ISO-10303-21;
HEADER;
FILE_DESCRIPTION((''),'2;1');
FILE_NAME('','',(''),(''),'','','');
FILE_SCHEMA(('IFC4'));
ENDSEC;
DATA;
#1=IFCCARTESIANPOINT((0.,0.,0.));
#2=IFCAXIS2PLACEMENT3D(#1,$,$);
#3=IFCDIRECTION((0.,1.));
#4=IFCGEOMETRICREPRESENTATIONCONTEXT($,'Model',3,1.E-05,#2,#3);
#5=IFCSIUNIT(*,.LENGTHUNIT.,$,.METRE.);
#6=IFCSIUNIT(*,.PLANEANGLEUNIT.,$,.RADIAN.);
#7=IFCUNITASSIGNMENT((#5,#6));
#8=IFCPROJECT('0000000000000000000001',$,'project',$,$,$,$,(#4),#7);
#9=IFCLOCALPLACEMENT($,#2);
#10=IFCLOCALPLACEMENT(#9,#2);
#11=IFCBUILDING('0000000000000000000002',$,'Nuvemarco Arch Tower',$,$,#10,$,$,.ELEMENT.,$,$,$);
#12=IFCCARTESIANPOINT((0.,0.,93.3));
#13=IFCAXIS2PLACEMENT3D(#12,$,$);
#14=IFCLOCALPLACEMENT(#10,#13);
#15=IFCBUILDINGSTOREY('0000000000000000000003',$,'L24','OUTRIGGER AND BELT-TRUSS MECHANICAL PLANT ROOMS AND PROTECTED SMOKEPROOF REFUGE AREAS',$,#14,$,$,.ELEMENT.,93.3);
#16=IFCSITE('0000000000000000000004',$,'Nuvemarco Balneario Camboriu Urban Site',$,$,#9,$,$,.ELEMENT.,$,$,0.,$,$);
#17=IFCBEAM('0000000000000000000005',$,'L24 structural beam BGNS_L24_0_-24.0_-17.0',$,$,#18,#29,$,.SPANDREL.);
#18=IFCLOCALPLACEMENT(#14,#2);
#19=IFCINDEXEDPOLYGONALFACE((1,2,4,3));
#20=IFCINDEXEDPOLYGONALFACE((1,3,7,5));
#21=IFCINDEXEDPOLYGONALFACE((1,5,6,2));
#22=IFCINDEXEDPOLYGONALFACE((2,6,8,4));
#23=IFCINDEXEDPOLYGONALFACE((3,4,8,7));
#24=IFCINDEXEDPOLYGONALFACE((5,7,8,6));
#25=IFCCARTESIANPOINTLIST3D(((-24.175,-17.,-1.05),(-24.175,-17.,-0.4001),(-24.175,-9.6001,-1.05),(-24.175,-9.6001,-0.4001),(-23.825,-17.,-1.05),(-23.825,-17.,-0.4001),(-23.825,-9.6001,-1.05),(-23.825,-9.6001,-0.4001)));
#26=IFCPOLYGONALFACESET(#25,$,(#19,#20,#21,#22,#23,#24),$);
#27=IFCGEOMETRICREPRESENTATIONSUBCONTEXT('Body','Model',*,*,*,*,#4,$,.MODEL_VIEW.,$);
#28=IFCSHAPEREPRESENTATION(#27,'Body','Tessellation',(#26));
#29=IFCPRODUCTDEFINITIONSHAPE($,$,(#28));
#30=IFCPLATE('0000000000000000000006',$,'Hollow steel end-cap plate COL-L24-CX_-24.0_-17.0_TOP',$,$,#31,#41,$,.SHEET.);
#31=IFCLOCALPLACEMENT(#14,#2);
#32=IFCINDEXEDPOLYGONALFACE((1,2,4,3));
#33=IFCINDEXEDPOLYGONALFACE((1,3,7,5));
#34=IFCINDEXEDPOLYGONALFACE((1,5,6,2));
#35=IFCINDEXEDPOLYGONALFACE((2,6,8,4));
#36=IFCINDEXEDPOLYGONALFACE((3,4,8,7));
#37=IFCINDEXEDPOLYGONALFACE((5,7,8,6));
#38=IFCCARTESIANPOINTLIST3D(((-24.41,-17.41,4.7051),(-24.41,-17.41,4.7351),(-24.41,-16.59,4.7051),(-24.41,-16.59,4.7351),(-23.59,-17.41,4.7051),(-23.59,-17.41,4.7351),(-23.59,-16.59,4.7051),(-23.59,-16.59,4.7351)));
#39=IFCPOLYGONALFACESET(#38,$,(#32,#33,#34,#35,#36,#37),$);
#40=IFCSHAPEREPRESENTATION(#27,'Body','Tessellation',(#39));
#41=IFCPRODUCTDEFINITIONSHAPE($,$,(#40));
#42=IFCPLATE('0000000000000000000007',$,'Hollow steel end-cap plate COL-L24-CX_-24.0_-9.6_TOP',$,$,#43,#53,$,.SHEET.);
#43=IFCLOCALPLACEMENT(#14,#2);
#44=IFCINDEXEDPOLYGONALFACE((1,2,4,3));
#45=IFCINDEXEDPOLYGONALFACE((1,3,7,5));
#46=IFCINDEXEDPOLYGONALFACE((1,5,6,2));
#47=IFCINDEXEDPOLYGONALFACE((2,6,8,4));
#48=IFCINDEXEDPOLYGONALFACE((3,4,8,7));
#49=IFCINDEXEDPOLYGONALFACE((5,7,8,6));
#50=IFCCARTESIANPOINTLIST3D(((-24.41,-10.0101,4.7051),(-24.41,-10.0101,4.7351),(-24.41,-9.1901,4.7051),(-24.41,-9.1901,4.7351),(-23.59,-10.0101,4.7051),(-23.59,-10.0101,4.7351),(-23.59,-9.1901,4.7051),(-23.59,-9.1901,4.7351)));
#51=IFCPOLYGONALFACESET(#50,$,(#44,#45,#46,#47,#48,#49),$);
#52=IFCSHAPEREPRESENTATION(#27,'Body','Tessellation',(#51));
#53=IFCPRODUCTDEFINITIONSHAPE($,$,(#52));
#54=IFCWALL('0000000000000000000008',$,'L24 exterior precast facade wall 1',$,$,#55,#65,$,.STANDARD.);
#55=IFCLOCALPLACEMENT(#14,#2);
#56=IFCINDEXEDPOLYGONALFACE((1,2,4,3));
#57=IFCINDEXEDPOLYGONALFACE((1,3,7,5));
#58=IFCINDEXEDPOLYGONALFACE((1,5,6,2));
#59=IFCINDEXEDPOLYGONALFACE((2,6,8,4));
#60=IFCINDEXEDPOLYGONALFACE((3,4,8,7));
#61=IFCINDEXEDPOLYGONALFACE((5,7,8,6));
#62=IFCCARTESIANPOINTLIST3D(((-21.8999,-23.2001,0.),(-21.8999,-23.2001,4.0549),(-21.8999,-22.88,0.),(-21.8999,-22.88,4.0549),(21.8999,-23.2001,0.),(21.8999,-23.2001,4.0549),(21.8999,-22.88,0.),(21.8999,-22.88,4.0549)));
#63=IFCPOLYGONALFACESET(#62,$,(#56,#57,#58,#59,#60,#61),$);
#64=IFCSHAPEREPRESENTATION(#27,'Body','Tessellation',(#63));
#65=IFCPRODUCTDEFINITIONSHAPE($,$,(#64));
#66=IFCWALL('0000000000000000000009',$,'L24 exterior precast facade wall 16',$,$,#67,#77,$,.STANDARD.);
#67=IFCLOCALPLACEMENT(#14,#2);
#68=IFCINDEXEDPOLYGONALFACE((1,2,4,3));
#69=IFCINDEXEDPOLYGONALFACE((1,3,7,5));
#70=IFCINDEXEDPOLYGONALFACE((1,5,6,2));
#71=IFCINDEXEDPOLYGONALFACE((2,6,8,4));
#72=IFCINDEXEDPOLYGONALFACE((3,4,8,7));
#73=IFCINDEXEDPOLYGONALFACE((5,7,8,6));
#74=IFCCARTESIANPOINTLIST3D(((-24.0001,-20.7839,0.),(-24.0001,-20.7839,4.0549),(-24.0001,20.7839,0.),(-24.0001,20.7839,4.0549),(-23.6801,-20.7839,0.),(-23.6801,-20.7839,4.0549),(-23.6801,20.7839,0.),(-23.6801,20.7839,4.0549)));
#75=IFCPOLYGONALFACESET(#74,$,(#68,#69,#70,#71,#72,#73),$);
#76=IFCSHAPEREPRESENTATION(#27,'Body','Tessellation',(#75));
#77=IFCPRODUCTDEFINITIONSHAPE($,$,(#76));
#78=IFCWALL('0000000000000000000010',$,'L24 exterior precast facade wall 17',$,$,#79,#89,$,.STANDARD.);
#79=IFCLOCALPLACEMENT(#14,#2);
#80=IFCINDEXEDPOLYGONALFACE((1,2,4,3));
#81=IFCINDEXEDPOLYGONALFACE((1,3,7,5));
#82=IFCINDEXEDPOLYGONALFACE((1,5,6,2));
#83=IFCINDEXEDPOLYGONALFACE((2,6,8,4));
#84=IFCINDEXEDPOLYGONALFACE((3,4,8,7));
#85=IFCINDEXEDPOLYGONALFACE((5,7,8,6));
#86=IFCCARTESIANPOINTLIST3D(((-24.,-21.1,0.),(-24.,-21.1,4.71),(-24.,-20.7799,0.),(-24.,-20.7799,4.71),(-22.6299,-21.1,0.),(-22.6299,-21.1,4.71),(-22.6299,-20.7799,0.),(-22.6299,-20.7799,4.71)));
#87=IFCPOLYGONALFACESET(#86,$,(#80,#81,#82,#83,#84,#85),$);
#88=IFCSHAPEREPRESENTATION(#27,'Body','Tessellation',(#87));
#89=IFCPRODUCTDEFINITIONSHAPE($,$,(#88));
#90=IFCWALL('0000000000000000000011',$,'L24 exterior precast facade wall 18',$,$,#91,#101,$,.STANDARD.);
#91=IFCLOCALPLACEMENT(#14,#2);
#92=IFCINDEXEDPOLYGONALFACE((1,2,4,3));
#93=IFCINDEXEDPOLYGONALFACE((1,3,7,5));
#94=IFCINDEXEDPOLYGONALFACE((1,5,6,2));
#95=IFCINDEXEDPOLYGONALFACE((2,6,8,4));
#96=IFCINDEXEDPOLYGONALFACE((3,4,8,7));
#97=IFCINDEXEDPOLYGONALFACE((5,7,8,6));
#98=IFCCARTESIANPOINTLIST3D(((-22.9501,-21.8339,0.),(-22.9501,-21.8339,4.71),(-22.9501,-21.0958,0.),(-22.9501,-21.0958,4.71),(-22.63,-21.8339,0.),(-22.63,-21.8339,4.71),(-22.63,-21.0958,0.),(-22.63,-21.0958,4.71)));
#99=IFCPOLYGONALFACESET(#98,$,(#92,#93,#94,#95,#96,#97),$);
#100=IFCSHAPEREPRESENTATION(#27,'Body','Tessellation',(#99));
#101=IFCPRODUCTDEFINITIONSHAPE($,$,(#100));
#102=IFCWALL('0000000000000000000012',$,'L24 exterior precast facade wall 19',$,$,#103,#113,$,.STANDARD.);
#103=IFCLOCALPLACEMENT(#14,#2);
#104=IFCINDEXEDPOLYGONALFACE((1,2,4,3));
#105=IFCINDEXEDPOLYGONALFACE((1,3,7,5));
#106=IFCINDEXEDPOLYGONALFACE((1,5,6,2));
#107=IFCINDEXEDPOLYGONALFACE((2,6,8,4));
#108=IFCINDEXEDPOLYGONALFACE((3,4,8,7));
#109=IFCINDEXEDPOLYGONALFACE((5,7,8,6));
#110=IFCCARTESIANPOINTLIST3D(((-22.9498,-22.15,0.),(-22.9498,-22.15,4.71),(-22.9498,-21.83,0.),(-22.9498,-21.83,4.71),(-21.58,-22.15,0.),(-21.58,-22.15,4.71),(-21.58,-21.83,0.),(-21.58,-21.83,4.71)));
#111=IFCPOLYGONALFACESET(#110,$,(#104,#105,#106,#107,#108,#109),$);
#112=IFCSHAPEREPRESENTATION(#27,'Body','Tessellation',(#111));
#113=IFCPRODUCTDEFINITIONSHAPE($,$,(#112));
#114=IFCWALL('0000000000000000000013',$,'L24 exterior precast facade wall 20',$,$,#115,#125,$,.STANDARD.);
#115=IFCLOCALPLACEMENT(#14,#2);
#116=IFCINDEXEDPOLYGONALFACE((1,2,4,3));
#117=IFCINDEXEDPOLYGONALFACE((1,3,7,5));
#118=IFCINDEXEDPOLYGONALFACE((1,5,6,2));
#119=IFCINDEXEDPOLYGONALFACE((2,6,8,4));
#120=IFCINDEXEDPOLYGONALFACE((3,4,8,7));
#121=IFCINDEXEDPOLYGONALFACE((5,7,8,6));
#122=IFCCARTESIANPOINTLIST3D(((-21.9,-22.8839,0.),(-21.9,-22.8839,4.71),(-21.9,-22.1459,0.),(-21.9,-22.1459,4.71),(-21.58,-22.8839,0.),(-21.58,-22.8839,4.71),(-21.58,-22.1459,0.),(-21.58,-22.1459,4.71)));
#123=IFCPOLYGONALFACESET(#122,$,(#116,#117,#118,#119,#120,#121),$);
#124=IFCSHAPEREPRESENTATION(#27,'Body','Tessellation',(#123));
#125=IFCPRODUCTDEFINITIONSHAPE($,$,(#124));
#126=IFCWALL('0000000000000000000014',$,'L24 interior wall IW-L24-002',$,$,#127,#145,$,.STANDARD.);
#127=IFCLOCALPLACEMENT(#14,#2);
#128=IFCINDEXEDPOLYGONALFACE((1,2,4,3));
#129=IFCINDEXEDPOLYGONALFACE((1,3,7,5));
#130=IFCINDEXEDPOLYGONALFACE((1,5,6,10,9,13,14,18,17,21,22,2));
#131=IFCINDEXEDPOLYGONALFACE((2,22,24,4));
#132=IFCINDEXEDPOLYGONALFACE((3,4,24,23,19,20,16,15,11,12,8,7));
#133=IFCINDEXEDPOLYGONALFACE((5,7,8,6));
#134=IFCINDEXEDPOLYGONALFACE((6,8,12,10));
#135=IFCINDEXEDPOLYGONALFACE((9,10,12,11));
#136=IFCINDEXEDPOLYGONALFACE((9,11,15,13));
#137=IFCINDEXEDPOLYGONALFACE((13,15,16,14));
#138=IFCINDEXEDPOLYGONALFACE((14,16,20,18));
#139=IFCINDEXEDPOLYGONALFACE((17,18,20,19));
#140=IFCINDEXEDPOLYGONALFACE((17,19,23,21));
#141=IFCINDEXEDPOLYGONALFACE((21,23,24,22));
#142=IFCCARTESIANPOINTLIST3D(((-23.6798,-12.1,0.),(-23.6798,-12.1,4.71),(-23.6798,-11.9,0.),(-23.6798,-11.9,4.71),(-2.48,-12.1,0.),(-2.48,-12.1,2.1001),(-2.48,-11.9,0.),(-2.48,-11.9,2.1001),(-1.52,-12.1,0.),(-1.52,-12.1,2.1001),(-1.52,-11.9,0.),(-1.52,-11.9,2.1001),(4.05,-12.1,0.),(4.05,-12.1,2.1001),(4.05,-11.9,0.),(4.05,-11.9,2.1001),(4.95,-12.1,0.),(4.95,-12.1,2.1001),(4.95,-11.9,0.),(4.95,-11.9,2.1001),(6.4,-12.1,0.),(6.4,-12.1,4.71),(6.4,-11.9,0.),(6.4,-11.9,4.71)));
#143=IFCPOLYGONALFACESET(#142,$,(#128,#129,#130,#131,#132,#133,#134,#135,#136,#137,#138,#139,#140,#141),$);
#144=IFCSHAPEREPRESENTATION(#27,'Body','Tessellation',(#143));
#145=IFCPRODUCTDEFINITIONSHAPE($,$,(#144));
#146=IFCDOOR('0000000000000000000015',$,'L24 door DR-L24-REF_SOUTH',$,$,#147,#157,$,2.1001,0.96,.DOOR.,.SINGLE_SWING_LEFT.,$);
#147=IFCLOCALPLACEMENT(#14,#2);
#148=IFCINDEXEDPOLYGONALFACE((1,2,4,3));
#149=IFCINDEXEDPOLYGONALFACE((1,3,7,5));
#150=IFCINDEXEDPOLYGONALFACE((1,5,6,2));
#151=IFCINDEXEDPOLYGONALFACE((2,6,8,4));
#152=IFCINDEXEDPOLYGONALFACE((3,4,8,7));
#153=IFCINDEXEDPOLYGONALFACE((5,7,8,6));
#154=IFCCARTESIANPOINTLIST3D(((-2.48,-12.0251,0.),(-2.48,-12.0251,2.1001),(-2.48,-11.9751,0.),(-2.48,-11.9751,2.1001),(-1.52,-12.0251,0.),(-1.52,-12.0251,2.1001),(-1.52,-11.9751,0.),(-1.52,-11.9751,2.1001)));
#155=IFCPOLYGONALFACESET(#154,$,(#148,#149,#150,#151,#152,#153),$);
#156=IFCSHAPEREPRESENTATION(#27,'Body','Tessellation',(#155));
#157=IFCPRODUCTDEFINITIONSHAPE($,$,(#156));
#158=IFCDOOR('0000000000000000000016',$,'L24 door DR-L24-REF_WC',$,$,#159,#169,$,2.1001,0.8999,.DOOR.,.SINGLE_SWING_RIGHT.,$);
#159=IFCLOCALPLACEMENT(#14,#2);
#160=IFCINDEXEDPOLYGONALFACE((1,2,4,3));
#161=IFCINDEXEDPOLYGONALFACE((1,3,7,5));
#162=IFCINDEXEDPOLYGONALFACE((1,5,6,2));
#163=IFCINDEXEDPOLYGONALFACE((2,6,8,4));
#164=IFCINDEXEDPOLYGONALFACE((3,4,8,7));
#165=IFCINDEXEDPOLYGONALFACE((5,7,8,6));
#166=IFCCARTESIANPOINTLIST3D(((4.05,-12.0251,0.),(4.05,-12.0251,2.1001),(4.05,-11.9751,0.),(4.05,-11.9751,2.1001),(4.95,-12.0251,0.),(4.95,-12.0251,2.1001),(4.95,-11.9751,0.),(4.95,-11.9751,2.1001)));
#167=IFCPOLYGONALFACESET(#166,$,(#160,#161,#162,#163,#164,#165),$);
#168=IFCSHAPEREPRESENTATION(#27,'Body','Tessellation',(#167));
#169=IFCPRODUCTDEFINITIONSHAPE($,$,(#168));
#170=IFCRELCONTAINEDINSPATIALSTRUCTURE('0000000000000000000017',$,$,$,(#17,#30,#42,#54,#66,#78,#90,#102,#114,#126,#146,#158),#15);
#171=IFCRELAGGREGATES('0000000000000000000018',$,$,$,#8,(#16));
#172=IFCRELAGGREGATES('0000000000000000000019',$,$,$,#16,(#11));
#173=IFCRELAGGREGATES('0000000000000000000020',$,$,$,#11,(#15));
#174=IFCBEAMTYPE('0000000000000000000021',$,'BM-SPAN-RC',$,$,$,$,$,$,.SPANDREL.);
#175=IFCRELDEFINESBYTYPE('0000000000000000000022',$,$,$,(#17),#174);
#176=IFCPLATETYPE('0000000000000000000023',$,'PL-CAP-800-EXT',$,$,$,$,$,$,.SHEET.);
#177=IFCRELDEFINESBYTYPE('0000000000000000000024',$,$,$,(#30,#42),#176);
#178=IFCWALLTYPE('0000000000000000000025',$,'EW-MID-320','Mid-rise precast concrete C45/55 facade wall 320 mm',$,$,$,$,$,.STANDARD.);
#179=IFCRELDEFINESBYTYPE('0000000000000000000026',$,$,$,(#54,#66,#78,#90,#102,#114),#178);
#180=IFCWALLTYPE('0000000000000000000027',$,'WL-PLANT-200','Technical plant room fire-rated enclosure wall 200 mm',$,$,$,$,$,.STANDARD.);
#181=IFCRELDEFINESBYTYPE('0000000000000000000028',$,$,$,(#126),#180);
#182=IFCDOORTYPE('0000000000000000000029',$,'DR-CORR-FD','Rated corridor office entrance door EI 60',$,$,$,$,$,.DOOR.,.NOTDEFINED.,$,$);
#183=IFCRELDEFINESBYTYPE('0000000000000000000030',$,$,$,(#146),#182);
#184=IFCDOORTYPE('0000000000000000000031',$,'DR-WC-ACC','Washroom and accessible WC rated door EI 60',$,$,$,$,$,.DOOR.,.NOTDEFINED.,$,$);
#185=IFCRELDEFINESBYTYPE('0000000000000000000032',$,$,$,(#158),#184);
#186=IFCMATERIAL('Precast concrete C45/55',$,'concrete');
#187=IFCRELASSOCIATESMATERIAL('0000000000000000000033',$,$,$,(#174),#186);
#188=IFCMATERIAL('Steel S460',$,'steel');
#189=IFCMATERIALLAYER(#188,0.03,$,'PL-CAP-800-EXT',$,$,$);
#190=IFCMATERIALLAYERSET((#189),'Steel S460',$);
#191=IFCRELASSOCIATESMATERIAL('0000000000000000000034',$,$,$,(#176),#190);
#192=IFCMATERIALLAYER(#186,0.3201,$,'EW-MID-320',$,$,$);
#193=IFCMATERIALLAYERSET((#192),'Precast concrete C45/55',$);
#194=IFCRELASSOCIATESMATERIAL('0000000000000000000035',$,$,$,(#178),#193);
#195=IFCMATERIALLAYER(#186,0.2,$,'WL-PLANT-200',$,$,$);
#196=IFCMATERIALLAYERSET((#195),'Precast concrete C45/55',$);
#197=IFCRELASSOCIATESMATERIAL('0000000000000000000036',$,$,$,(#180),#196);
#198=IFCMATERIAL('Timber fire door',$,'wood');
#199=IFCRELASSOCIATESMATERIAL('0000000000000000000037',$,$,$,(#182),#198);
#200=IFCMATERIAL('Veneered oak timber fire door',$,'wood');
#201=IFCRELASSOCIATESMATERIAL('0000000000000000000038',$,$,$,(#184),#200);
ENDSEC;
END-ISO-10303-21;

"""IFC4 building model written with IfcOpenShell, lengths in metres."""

from ifc_helpers import new_model, si_unit, direction, frame, frame_2d, origin, origin_2d, place, context, subcontext, project, spatial, rectangle, extrude, source, transform, mapped, material, layer, layer_set, material_profile, profile_set, type_object, type_shapes, element, fill, save


model = new_model("IFC4")

# Units and contexts
model_context = context("Model", 3, precision=1e-05, world=origin(), true_north=direction((0.0, 1.0)))
body_context = subcontext(model_context, "Body", "Model", "MODEL_VIEW")
ifc_project = project(units=[si_unit("LENGTHUNIT", "METRE"), si_unit("PLANEANGLEUNIT", "RADIAN")], contexts=[model_context])

# Site, building, storey
site_placement = place(None, origin())
site = spatial("IfcSite", under=ifc_project, at=site_placement, Name="Nuvemarco Balneario Camboriu Urban Site", CompositionType="ELEMENT", RefElevation=0.0)
building_placement = place(site_placement, origin())
building = spatial("IfcBuilding", under=site, at=building_placement, Name="Nuvemarco Arch Tower", CompositionType="ELEMENT")
storey_placement = place(building_placement, frame((0.0, 0.0, 93.3)))
storey = spatial("IfcBuildingStorey", under=building, at=storey_placement, Name="L24", Description="OUTRIGGER AND BELT-TRUSS MECHANICAL PLANT ROOMS AND PROTECTED SMOKEPROOF REFUGE AREAS", CompositionType="ELEMENT", Elevation=93.3)

# Shared definitions
ifc_material_1 = material(Name="Steel S460", Category="steel")

# Beam
ifc_material_2 = material(Name="Precast concrete C45/55", Category="concrete")
ifc_material_profile_1 = material_profile(ifc_material_2, rectangle(XDim=0.3501, YDim=0.6499, at=origin_2d()), Name="PC-SP-350x650")
ifc_profile_set_1 = profile_set([ifc_material_profile_1], Name="Precast concrete C45/55")
beam_type_1 = type_object("IfcBeamType", Name="BM-SPAN-RC", PredefinedType="SPANDREL", material=ifc_profile_set_1)
beam_1_placement = place(storey_placement, frame((-24.0, -17.0, -0.7251), z_axis=(0.0, 1.0, 0.0), x_axis=(-1.0, 0.0, 0.0)))
element("IfcBeam", 1, at=beam_1_placement, inside=storey, type_object=beam_type_1, Name="L24 structural beam BGNS_L24_0_-24.0_-17.0", PredefinedType="SPANDREL", context=body_context, shape_type="SweptSolid", body=[
    extrude(rectangle(XDim=0.3501, YDim=0.6499, at=origin_2d()), origin(), (0.0, 0.0, 1.0), 7.3999),
])

# Plates
ifc_layer_1 = layer(ifc_material_1, 0.03, Name="PL-CAP-800-EXT")
ifc_layer_set_1 = layer_set([ifc_layer_1], Name="Steel S460")
plate_type = type_object("IfcPlateType", Name="PL-CAP-800-EXT", PredefinedType="SHEET", material=ifc_layer_set_1)
shared_shape_1 = source(origin(), body_context, "Body", "SweptSolid", [
    extrude(rectangle(XDim=0.8201, YDim=0.8201, at=origin_2d()), origin(), (0.0, 0.0, 1.0), 0.03),
])
type_shapes(plate_type, [shared_shape_1])
for number, where, z_axis, x_axis, name in (
    (2, (-24.0, -17.0, 4.7051), (0.0, 0.0, 1.0), (1.0, 0.0, 0.0), "Hollow steel end-cap plate COL-L24-CX_-24.0_-17.0_TOP"),
    (3, (-24.0, -9.6001, 4.7051), (0.0, 0.0, 1.0), (1.0, 0.0, 0.0), "Hollow steel end-cap plate COL-L24-CX_-24.0_-9.6_TOP"),
):
    element("IfcPlate", number, at=place(storey_placement, frame(where, z_axis=z_axis, x_axis=x_axis)), inside=storey, type_object=plate_type, Name=name, PredefinedType="SHEET", context=body_context, shape_type="MappedRepresentation", body=[
        mapped(shared_shape_1, transform((0.0, 0.0, 0.0), scale=1.0)),
    ])

# Walls
ifc_layer_2 = layer(ifc_material_2, 0.3201, Name="EW-MID-320")
ifc_layer_set_2 = layer_set([ifc_layer_2], Name="Precast concrete C45/55")
wall_type_1 = type_object("IfcWallType", Name="EW-MID-320", Description="Mid-rise precast concrete C45/55 facade wall 320 mm", PredefinedType="STANDARD", material=ifc_layer_set_2)
wall_1_placement = place(storey_placement, frame((-21.8999, -23.04, 0.0), z_axis=(0.0, 0.0, 1.0), x_axis=(1.0, 0.0, 0.0)))
element("IfcWall", 4, at=wall_1_placement, inside=storey, type_object=wall_type_1, Name="L24 exterior precast facade wall 1", PredefinedType="STANDARD", context=body_context, shape_type="SweptSolid", body=[
    extrude(rectangle(XDim=43.7998, YDim=0.3201, at=frame_2d((21.8999, 0.0))), origin(), (0.0, 0.0, 1.0), 4.0549),
])
wall_2_placement = place(storey_placement, frame((-23.8401, -20.7839, 0.0), z_axis=(0.0, 0.0, 1.0), x_axis=(0.0, 1.0, 0.0)))
element("IfcWall", 5, at=wall_2_placement, inside=storey, type_object=wall_type_1, Name="L24 exterior precast facade wall 16", PredefinedType="STANDARD", context=body_context, shape_type="SweptSolid", body=[
    extrude(rectangle(XDim=41.5679, YDim=0.3201, at=frame_2d((20.7839, 0.0))), origin(), (0.0, 0.0, 1.0), 4.0549),
])
wall_3_placement = place(storey_placement, frame((-24.0, -20.9399, 0.0), z_axis=(0.0, 0.0, 1.0), x_axis=(1.0, 0.0, 0.0)))
element("IfcWall", 6, at=wall_3_placement, inside=storey, type_object=wall_type_1, Name="L24 exterior precast facade wall 17", PredefinedType="STANDARD", context=body_context, shape_type="SweptSolid", body=[
    extrude(rectangle(XDim=1.3701, YDim=0.3201, at=frame_2d((0.6851, 0.0))), origin(), (0.0, 0.0, 1.0), 4.71),
])
wall_4_placement = place(storey_placement, frame((-22.79, -21.834, 0.0), z_axis=(0.0, 0.0, 1.0), x_axis=(0.0, 1.0, 0.0)))
element("IfcWall", 7, at=wall_4_placement, inside=storey, type_object=wall_type_1, Name="L24 exterior precast facade wall 18", PredefinedType="STANDARD", context=body_context, shape_type="SweptSolid", body=[
    extrude(rectangle(XDim=0.738, YDim=0.3201, at=frame_2d((0.3691, 0.0))), origin(), (0.0, 0.0, 1.0), 4.71),
])
wall_5_placement = place(storey_placement, frame((-22.95, -21.99, 0.0), z_axis=(0.0, 0.0, 1.0), x_axis=(1.0, 0.0, 0.0)))
element("IfcWall", 8, at=wall_5_placement, inside=storey, type_object=wall_type_1, Name="L24 exterior precast facade wall 19", PredefinedType="STANDARD", context=body_context, shape_type="SweptSolid", body=[
    extrude(rectangle(XDim=1.3699, YDim=0.3201, at=frame_2d((0.6851, 0.0))), origin(), (0.0, 0.0, 1.0), 4.71),
])
wall_6_placement = place(storey_placement, frame((-21.74, -22.884, 0.0), z_axis=(0.0, 0.0, 1.0), x_axis=(0.0, 1.0, 0.0)))
element("IfcWall", 9, at=wall_6_placement, inside=storey, type_object=wall_type_1, Name="L24 exterior precast facade wall 20", PredefinedType="STANDARD", context=body_context, shape_type="SweptSolid", body=[
    extrude(rectangle(XDim=0.738, YDim=0.3201, at=frame_2d((0.3691, 0.0))), origin(), (0.0, 0.0, 1.0), 4.71),
])

# Wall, openings, doors
ifc_layer_3 = layer(ifc_material_2, 0.2, Name="WL-PLANT-200")
ifc_layer_set_3 = layer_set([ifc_layer_3], Name="Precast concrete C45/55")
wall_type_2 = type_object("IfcWallType", Name="WL-PLANT-200", Description="Technical plant room fire-rated enclosure wall 200 mm", PredefinedType="STANDARD", material=ifc_layer_set_3)
wall_7_placement = place(storey_placement, frame((-23.6799, -12.0, 0.0), z_axis=(0.0, 0.0, 1.0), x_axis=(1.0, 0.0, 0.0)))
wall_7 = element("IfcWall", 10, at=wall_7_placement, inside=storey, type_object=wall_type_2, Name="L24 interior wall IW-L24-002", PredefinedType="STANDARD", context=body_context, shape_type="SweptSolid", body=[
    extrude(rectangle(XDim=30.0798, YDim=0.2, at=frame_2d((15.04, 0.0))), origin(), (0.0, 0.0, 1.0), 4.71),
])
opening_1_placement = place(wall_7_placement, frame((21.2, 0.0, 0.0)))
opening_1 = element("IfcOpeningElement", 11, at=opening_1_placement, cuts=wall_7, PredefinedType="OPENING", context=body_context, shape_type="SweptSolid", body=[
    extrude(rectangle(XDim=0.96, YDim=2.1001, at=frame_2d((0.48, 1.05))), frame((0.0, 0.1099, 0.0), z_axis=(0.0, -1.0, 0.0), x_axis=(1.0, 0.0, 0.0)), (0.0, 0.0, 1.0), 0.22),
])
opening_2_placement = place(wall_7_placement, frame((27.73, 0.0, 0.0)))
opening_2 = element("IfcOpeningElement", 12, at=opening_2_placement, cuts=wall_7, PredefinedType="OPENING", context=body_context, shape_type="SweptSolid", body=[
    extrude(rectangle(XDim=0.8999, YDim=2.1001, at=frame_2d((0.45, 1.05))), frame((0.0, 0.1099, 0.0), z_axis=(0.0, -1.0, 0.0), x_axis=(1.0, 0.0, 0.0)), (0.0, 0.0, 1.0), 0.22),
])
ifc_material_3 = material(Name="Timber fire door", Category="wood")
door_type_1 = type_object("IfcDoorType", Name="DR-CORR-FD", Description="Rated corridor office entrance door EI 60", OperationType="NOTDEFINED", PredefinedType="DOOR", material=ifc_material_3)
shared_shape_2 = source(origin(), body_context, "Body", "SweptSolid", [
    extrude(rectangle(XDim=0.96, YDim=2.1001, at=frame_2d((0.48, 1.05))), frame((0.0, 0.0249, 0.0), z_axis=(0.0, -1.0, 0.0), x_axis=(1.0, 0.0, 0.0)), (0.0, 0.0, 1.0), 0.05),
])
type_shapes(door_type_1, [shared_shape_2])
door_1_placement = place(opening_1_placement, origin())
door_1 = element("IfcDoor", 13, at=door_1_placement, inside=storey, type_object=door_type_1, Name="L24 door DR-L24-REF_SOUTH", OperationType="SINGLE_SWING_LEFT", OverallHeight=2.1001, OverallWidth=0.96, PredefinedType="DOOR", context=body_context, shape_type="MappedRepresentation", body=[
    mapped(shared_shape_2, transform((0.0, 0.0, 0.0), scale=1.0)),
])
fill(opening_1, door_1)
ifc_material_4 = material(Name="Veneered oak timber fire door", Category="wood")
door_type_2 = type_object("IfcDoorType", Name="DR-WC-ACC", Description="Washroom and accessible WC rated door EI 60", OperationType="NOTDEFINED", PredefinedType="DOOR", material=ifc_material_4)
shared_shape_3 = source(origin(), body_context, "Body", "SweptSolid", [
    extrude(rectangle(XDim=0.8999, YDim=2.1001, at=frame_2d((0.45, 1.05))), frame((0.0, 0.0249, 0.0), z_axis=(0.0, -1.0, 0.0), x_axis=(1.0, 0.0, 0.0)), (0.0, 0.0, 1.0), 0.05),
])
type_shapes(door_type_2, [shared_shape_3])
door_2_placement = place(opening_2_placement, origin())
door_2 = element("IfcDoor", 14, at=door_2_placement, inside=storey, type_object=door_type_2, Name="L24 door DR-L24-REF_WC", OperationType="SINGLE_SWING_RIGHT", OverallHeight=2.1001, OverallWidth=0.8999, PredefinedType="DOOR", context=body_context, shape_type="MappedRepresentation", body=[
    mapped(shared_shape_3, transform((0.0, 0.0, 0.0), scale=1.0)),
])
fill(opening_2, door_2)

save(model, "model.ifc")
